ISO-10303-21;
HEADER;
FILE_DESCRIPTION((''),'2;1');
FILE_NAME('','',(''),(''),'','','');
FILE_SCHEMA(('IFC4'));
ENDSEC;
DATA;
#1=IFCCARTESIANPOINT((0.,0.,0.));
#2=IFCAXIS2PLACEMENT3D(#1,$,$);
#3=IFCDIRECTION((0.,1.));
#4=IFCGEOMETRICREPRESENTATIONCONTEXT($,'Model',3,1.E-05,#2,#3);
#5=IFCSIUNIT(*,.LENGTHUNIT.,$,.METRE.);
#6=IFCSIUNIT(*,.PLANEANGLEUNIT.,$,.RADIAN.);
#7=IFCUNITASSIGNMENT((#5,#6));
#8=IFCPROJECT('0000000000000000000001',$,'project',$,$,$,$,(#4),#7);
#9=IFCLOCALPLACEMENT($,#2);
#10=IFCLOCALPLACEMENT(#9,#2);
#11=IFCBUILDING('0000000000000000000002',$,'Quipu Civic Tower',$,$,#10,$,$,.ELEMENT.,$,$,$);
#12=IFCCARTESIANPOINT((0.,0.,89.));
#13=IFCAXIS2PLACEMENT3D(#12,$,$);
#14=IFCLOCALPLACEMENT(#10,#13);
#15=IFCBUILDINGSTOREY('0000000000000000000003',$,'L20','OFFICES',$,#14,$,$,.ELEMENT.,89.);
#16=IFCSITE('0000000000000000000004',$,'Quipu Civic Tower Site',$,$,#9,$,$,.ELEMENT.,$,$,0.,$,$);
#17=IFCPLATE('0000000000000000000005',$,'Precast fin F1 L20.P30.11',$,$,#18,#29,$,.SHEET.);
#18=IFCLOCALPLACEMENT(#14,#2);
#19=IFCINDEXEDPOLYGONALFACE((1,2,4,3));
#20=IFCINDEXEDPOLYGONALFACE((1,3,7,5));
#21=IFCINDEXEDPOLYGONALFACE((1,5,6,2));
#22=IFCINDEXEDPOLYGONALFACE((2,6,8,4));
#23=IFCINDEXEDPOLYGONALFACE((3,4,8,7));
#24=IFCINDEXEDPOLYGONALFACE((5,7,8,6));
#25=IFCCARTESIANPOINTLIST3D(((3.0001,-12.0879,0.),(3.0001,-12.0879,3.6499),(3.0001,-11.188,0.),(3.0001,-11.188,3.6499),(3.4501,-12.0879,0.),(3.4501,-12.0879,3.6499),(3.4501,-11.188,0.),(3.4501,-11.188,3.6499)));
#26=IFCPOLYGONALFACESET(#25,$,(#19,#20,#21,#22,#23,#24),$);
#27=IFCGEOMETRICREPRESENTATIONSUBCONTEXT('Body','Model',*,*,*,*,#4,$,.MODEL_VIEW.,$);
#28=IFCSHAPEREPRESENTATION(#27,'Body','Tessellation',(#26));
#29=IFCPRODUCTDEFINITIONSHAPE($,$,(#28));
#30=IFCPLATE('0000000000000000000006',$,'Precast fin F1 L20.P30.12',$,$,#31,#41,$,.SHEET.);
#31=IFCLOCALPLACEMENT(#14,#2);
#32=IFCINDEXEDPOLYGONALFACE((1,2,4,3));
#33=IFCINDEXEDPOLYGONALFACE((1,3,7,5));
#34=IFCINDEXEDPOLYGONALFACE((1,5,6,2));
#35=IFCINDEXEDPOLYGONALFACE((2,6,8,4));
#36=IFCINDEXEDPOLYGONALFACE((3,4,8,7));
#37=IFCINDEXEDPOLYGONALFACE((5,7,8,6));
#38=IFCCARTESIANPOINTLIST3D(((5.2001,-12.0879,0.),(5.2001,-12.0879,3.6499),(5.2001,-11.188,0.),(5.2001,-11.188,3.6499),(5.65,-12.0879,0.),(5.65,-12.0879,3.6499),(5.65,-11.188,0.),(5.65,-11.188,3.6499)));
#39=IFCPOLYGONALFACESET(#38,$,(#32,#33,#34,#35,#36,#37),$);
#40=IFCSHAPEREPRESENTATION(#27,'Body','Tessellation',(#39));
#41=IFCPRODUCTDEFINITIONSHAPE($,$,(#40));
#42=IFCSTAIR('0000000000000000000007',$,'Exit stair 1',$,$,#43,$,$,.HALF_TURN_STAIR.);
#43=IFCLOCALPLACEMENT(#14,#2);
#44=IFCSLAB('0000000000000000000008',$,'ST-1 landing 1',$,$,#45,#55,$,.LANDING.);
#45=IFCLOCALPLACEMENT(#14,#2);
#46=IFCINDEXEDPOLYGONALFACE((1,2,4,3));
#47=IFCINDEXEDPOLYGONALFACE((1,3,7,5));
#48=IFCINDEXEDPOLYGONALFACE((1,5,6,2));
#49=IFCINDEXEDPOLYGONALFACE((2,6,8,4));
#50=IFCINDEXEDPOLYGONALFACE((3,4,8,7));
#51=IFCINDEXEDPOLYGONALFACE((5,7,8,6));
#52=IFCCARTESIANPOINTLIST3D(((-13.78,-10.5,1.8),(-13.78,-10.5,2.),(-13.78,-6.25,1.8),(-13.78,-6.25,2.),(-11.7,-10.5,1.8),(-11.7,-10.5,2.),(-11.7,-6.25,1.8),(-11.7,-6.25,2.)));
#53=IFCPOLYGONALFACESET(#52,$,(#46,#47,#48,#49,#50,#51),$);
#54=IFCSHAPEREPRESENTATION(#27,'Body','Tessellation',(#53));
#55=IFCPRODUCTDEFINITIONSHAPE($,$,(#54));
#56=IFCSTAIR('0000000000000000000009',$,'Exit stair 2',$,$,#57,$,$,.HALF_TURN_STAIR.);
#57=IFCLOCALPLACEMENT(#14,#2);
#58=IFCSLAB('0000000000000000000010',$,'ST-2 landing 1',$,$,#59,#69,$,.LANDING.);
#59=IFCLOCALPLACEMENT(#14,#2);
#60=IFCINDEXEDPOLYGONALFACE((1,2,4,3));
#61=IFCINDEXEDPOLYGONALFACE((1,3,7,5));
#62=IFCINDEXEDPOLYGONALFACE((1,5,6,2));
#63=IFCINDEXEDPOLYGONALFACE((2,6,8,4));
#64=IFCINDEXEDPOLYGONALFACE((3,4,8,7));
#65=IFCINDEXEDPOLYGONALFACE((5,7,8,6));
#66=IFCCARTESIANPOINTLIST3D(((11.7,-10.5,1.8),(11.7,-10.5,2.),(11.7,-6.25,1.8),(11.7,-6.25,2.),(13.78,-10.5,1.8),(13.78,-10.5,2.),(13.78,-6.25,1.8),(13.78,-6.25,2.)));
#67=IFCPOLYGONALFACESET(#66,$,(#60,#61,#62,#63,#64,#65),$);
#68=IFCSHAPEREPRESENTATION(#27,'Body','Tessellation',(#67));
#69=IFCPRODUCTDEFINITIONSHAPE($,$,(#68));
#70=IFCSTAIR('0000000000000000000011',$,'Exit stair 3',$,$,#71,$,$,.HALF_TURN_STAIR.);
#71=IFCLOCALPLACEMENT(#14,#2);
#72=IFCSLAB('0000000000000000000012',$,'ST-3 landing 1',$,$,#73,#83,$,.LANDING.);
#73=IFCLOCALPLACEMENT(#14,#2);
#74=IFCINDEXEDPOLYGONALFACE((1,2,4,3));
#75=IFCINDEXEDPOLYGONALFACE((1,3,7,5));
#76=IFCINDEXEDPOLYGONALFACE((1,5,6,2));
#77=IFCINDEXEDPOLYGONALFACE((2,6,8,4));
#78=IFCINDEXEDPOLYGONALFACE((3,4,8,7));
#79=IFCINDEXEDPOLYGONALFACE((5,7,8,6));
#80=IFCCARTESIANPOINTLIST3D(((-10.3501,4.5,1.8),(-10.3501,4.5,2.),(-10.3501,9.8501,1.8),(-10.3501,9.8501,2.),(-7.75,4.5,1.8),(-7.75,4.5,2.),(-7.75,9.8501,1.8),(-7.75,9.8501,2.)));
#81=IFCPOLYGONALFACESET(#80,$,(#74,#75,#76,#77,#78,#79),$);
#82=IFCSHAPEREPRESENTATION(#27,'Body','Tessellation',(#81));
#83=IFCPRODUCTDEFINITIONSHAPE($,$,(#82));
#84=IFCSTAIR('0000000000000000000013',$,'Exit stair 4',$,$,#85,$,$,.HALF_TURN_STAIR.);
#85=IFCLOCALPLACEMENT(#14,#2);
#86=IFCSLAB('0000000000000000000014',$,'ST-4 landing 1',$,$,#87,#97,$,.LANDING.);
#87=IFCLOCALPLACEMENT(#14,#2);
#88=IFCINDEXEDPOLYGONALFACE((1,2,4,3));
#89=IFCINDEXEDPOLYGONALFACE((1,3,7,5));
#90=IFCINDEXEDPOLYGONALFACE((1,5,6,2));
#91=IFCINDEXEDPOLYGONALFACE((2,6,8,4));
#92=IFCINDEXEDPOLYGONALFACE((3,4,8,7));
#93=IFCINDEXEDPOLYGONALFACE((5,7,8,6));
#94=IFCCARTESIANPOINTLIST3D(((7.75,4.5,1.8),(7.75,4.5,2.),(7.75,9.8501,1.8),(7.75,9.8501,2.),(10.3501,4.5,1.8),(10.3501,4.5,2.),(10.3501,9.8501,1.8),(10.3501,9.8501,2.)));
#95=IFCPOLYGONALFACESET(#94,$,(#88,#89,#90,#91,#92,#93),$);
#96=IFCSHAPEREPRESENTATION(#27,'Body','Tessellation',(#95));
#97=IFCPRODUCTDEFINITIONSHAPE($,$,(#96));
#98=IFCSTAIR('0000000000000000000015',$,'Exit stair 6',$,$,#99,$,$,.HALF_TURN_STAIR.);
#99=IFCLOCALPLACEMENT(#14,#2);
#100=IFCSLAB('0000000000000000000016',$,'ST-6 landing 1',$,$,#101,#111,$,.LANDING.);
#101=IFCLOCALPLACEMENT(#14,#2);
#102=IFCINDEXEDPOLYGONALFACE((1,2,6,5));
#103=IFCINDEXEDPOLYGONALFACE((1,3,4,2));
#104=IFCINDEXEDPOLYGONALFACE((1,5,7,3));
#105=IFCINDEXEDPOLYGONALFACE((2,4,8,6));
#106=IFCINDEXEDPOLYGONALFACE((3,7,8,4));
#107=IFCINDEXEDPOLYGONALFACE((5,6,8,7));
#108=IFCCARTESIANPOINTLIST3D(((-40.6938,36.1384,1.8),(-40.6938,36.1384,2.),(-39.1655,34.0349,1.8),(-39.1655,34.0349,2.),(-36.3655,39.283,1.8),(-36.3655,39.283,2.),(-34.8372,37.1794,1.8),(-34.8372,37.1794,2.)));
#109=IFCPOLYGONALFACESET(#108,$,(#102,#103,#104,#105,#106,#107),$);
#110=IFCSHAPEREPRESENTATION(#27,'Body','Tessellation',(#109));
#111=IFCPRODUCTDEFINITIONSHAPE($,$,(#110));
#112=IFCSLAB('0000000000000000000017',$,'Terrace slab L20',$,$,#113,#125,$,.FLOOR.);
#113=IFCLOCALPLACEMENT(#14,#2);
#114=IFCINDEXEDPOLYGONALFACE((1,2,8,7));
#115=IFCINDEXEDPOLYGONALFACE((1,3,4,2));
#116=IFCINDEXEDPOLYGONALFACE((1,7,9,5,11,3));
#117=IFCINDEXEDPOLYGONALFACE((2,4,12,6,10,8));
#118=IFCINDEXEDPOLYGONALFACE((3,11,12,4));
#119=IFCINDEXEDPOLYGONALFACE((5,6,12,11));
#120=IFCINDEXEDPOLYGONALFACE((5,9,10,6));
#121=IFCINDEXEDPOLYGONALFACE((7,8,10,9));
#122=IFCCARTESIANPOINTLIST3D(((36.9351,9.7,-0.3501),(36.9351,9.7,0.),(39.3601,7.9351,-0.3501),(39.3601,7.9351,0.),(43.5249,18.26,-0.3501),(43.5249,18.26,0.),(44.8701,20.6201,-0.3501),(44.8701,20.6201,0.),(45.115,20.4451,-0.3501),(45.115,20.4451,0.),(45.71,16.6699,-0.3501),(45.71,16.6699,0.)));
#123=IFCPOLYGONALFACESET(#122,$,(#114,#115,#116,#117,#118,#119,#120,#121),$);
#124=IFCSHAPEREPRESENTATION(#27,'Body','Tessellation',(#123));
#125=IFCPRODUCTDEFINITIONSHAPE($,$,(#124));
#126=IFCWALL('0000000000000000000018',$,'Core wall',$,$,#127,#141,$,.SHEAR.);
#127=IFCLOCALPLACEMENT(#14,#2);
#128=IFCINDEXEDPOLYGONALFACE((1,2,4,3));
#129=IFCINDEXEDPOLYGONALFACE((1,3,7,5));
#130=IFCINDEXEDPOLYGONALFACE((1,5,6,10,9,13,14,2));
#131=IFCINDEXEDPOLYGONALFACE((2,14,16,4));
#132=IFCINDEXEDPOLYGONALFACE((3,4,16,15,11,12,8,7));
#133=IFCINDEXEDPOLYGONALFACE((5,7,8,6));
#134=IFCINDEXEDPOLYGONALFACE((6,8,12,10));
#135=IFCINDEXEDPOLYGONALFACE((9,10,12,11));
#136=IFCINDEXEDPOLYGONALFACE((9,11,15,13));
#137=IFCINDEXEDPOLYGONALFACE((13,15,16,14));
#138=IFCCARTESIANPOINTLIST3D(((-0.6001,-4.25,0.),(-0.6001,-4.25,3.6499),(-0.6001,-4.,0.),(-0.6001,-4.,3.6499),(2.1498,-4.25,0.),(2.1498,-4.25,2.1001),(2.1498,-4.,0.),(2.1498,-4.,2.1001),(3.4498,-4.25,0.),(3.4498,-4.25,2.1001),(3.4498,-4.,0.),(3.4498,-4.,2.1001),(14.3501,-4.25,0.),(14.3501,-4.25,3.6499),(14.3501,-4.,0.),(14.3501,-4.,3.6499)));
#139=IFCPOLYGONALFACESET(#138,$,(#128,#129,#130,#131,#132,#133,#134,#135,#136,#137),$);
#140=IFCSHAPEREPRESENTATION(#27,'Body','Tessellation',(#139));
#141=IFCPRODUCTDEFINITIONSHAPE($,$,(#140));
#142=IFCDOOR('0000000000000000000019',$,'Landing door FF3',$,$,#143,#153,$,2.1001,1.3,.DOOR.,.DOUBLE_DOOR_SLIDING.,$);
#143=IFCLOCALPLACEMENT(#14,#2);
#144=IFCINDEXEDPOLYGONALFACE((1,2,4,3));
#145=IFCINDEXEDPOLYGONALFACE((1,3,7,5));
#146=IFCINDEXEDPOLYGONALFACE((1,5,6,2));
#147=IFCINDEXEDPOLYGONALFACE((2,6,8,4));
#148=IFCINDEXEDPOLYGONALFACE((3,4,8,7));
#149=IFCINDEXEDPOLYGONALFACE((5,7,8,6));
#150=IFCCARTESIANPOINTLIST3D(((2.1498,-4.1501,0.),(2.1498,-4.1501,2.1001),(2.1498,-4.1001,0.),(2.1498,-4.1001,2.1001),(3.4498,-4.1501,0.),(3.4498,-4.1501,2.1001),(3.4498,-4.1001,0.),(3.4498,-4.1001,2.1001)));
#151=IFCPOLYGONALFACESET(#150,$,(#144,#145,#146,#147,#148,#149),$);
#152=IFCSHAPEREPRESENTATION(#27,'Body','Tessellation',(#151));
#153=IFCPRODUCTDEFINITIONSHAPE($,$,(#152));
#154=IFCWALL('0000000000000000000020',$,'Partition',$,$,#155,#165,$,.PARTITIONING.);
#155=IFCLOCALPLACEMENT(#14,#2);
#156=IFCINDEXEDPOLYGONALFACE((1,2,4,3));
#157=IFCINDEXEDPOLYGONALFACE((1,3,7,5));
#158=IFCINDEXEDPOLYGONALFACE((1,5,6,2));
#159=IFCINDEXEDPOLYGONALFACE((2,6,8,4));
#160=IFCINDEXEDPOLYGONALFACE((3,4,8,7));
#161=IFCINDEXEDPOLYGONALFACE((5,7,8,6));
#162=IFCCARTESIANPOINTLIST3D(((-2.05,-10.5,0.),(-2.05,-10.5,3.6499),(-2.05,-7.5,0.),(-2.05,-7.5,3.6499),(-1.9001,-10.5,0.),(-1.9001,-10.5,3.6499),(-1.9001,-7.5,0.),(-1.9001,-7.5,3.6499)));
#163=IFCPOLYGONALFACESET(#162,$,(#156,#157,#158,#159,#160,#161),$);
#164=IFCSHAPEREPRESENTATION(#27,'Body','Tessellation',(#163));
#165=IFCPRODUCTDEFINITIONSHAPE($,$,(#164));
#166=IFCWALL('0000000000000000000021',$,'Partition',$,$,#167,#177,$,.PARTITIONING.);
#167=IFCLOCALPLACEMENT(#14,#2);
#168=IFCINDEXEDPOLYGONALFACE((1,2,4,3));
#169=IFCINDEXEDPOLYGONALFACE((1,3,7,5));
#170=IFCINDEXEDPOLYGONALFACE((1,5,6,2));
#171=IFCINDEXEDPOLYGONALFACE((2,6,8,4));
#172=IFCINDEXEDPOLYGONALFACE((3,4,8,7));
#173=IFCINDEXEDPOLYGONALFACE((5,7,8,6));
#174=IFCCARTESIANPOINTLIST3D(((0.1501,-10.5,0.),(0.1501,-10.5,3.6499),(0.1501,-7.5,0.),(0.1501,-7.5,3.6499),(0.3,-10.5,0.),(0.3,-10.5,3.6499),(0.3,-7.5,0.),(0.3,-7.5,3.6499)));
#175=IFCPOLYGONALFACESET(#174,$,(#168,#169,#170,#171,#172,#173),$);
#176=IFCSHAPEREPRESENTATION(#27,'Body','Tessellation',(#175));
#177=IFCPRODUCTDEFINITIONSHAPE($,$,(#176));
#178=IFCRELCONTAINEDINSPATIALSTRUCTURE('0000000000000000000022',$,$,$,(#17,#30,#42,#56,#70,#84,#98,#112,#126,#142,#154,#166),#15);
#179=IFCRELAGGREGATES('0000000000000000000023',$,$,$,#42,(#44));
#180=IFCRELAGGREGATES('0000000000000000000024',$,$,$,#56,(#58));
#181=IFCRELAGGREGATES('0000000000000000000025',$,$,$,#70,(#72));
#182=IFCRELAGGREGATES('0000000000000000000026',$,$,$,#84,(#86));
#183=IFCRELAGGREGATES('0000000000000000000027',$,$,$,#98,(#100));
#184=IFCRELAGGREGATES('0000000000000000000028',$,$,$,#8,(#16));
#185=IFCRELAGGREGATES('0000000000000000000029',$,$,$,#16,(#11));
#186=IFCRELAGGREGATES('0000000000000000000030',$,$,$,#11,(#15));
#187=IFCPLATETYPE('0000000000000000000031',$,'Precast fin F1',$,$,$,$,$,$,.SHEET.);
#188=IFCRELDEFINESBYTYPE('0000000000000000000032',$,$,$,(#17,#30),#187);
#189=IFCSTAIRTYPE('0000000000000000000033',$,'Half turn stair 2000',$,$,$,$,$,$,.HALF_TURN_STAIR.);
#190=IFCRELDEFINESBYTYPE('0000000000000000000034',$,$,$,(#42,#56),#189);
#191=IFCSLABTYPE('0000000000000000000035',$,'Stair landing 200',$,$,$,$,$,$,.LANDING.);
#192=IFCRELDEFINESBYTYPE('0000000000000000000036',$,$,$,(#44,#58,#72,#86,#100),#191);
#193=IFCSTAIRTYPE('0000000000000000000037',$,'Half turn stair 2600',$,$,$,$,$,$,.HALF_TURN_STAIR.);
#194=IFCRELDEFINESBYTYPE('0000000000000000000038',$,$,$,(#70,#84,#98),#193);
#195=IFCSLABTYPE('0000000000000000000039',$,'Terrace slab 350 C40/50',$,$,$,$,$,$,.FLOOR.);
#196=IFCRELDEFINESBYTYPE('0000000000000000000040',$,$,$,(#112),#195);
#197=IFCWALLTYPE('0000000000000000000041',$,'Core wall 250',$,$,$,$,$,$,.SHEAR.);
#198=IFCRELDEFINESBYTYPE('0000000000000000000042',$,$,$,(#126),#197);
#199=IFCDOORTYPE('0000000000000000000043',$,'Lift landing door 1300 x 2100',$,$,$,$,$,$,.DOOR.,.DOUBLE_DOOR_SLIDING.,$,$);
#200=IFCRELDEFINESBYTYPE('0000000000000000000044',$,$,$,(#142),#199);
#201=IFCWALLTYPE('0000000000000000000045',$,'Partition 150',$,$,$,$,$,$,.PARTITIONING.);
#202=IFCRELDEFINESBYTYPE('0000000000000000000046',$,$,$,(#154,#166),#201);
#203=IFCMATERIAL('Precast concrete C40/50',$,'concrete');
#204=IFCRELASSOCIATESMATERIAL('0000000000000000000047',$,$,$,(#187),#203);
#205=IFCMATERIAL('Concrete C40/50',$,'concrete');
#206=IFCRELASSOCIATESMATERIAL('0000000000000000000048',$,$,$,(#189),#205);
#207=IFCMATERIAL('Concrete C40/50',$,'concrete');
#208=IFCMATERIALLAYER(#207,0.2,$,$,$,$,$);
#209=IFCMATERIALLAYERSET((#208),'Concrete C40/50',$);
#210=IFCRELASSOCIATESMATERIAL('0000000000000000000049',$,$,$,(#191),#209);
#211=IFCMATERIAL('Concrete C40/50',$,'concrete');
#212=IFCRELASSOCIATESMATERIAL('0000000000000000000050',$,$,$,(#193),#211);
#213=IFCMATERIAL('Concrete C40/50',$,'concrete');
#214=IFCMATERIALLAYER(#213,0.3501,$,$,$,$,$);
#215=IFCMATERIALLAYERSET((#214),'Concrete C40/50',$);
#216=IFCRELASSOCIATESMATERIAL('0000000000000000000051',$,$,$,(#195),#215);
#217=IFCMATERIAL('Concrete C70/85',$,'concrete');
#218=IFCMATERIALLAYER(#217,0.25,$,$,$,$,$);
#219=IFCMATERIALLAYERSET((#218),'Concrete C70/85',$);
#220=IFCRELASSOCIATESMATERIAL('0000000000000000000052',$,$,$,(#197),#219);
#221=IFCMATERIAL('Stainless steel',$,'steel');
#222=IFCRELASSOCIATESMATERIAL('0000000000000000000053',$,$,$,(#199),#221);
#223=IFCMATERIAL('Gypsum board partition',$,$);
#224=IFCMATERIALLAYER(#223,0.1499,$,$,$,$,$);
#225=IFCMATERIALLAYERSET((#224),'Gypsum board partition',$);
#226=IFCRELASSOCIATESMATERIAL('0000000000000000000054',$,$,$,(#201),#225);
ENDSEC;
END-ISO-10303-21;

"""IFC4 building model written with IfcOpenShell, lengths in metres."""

from ifc_helpers import new_model, si_unit, direction, frame, frame_2d, origin, origin_2d, place, context, subcontext, project, spatial, polyline, rectangle, outline, extrude, material, layer, layer_set, type_object, element, fill, aggregate, save


model = new_model("IFC4")

# Units and contexts
model_context = context("Model", 3, precision=1e-05, world=origin(), true_north=direction((0.0, 1.0)))
body_context = subcontext(model_context, "Body", "Model", "MODEL_VIEW")
ifc_project = project(units=[si_unit("LENGTHUNIT", "METRE"), si_unit("PLANEANGLEUNIT", "RADIAN")], contexts=[model_context])

# Site, building, storey
site_placement = place(None, origin())
site = spatial("IfcSite", under=ifc_project, at=site_placement, Name="Quipu Civic Tower Site", CompositionType="ELEMENT", RefElevation=0.0)
building_placement = place(site_placement, origin())
building = spatial("IfcBuilding", under=site, at=building_placement, Name="Quipu Civic Tower", CompositionType="ELEMENT")
storey_placement = place(building_placement, frame((0.0, 0.0, 89.0)))
storey = spatial("IfcBuildingStorey", under=building, at=storey_placement, Name="L20", Description="OFFICES", CompositionType="ELEMENT", Elevation=89.0)

# Plates
ifc_material_1 = material(Name="Precast concrete C40/50", Category="concrete")
plate_type = type_object("IfcPlateType", Name="Precast fin F1", PredefinedType="SHEET", material=ifc_material_1)
for number, where, z_axis, x_axis, name in (
    (1, (3.2251, -11.6379, 0.0), (0.0, 0.0, 1.0), (1.0, 0.0, 0.0), "Precast fin F1 L20.P30.11"),
    (2, (5.425, -11.6379, 0.0), (0.0, 0.0, 1.0), (1.0, 0.0, 0.0), "Precast fin F1 L20.P30.12"),
):
    element("IfcPlate", number, at=place(storey_placement, frame(where, z_axis=z_axis, x_axis=x_axis)), inside=storey, type_object=plate_type, Name=name, PredefinedType="SHEET", context=body_context, shape_type="SweptSolid", body=[
        extrude(rectangle(XDim=0.45, YDim=0.8999, at=origin_2d()), origin(), (0.0, 0.0, 1.0), 3.6499),
    ])

# Stairs, slabs
ifc_material_2 = material(Name="Concrete C40/50", Category="concrete")
stair_type_1 = type_object("IfcStairType", Name="Half turn stair 2000", PredefinedType="HALF_TURN_STAIR", material=ifc_material_2)
stair_1_placement = place(storey_placement, origin())
stair_1 = element("IfcStair", 3, at=stair_1_placement, inside=storey, type_object=stair_type_1, Name="Exit stair 1", PredefinedType="HALF_TURN_STAIR")
ifc_material_3 = material(Name="Concrete C40/50", Category="concrete")
ifc_layer_1 = layer(ifc_material_3, 0.2)
ifc_layer_set_1 = layer_set([ifc_layer_1], Name="Concrete C40/50")
slab_type_1 = type_object("IfcSlabType", Name="Stair landing 200", PredefinedType="LANDING", material=ifc_layer_set_1)
slab_1_placement = place(storey_placement, frame((0.0, 0.0, 1.8)))
slab_1 = element("IfcSlab", 4, at=slab_1_placement, type_object=slab_type_1, Name="ST-1 landing 1", PredefinedType="LANDING", context=body_context, shape_type="SweptSolid", body=[
    extrude(outline(polyline([(-13.78, -10.5), (-11.7, -10.5), (-11.7, -6.25), (-13.78, -6.25), (-13.78, -10.5)])), origin(), (0.0, 0.0, 1.0), 0.2),
])
aggregate(stair_1, [slab_1])
stair_2_placement = place(storey_placement, origin())
stair_2 = element("IfcStair", 5, at=stair_2_placement, inside=storey, type_object=stair_type_1, Name="Exit stair 2", PredefinedType="HALF_TURN_STAIR")
slab_2_placement = place(storey_placement, frame((0.0, 0.0, 1.8)))
slab_2 = element("IfcSlab", 6, at=slab_2_placement, type_object=slab_type_1, Name="ST-2 landing 1", PredefinedType="LANDING", context=body_context, shape_type="SweptSolid", body=[
    extrude(outline(polyline([(13.78, -6.25), (11.7, -6.25), (11.7, -10.5), (13.78, -10.5), (13.78, -6.25)])), origin(), (0.0, 0.0, 1.0), 0.2),
])
aggregate(stair_2, [slab_2])
ifc_material_4 = material(Name="Concrete C40/50", Category="concrete")
stair_type_2 = type_object("IfcStairType", Name="Half turn stair 2600", PredefinedType="HALF_TURN_STAIR", material=ifc_material_4)
stair_3_placement = place(storey_placement, origin())
stair_3 = element("IfcStair", 7, at=stair_3_placement, inside=storey, type_object=stair_type_2, Name="Exit stair 3", PredefinedType="HALF_TURN_STAIR")
slab_3_placement = place(storey_placement, frame((0.0, 0.0, 1.8)))
slab_3 = element("IfcSlab", 8, at=slab_3_placement, type_object=slab_type_1, Name="ST-3 landing 1", PredefinedType="LANDING", context=body_context, shape_type="SweptSolid", body=[
    extrude(outline(polyline([(-10.3501, 4.5), (-7.75, 4.5), (-7.75, 9.8501), (-10.3501, 9.8501), (-10.3501, 4.5)])), origin(), (0.0, 0.0, 1.0), 0.2),
])
aggregate(stair_3, [slab_3])
stair_4_placement = place(storey_placement, origin())
stair_4 = element("IfcStair", 9, at=stair_4_placement, inside=storey, type_object=stair_type_2, Name="Exit stair 4", PredefinedType="HALF_TURN_STAIR")
slab_4_placement = place(storey_placement, frame((0.0, 0.0, 1.8)))
slab_4 = element("IfcSlab", 10, at=slab_4_placement, type_object=slab_type_1, Name="ST-4 landing 1", PredefinedType="LANDING", context=body_context, shape_type="SweptSolid", body=[
    extrude(outline(polyline([(10.3501, 9.8501), (7.75, 9.8501), (7.75, 4.5), (10.3501, 4.5), (10.3501, 9.8501)])), origin(), (0.0, 0.0, 1.0), 0.2),
])
aggregate(stair_4, [slab_4])
stair_5_placement = place(storey_placement, origin())
stair_5 = element("IfcStair", 11, at=stair_5_placement, inside=storey, type_object=stair_type_2, Name="Exit stair 6", PredefinedType="HALF_TURN_STAIR")
slab_5_placement = place(storey_placement, frame((0.0, 0.0, 1.8)))
slab_5 = element("IfcSlab", 12, at=slab_5_placement, type_object=slab_type_1, Name="ST-6 landing 1", PredefinedType="LANDING", context=body_context, shape_type="SweptSolid", body=[
    extrude(outline(polyline([(-34.8372, 37.1794), (-36.3655, 39.283), (-40.6938, 36.1384), (-39.1655, 34.0349), (-34.8372, 37.1794)])), origin(), (0.0, 0.0, 1.0), 0.2),
])
aggregate(stair_5, [slab_5])

# Slab
ifc_material_5 = material(Name="Concrete C40/50", Category="concrete")
ifc_layer_2 = layer(ifc_material_5, 0.3501)
ifc_layer_set_2 = layer_set([ifc_layer_2], Name="Concrete C40/50")
slab_type_2 = type_object("IfcSlabType", Name="Terrace slab 350 C40/50", PredefinedType="FLOOR", material=ifc_layer_set_2)
slab_6_placement = place(storey_placement, frame((0.0, 0.0, -0.3501)))
element("IfcSlab", 13, at=slab_6_placement, inside=storey, type_object=slab_type_2, Name="Terrace slab L20", PredefinedType="FLOOR", context=body_context, shape_type="SweptSolid", body=[
    extrude(outline(polyline([(45.115, 20.4451), (43.5249, 18.26), (45.71, 16.6699), (39.3601, 7.9351), (36.9351, 9.7), (44.8701, 20.6201), (45.115, 20.4451)])), origin(), (0.0, 0.0, 1.0), 0.3501),
])

# Wall, opening, door
ifc_material_6 = material(Name="Concrete C70/85", Category="concrete")
ifc_layer_3 = layer(ifc_material_6, 0.25)
ifc_layer_set_3 = layer_set([ifc_layer_3], Name="Concrete C70/85")
wall_type_1 = type_object("IfcWallType", Name="Core wall 250", PredefinedType="SHEAR", material=ifc_layer_set_3)
wall_1_placement = place(storey_placement, frame((-0.6001, -4.125, 0.0), z_axis=(0.0, 0.0, 1.0), x_axis=(1.0, 0.0, 0.0)))
wall_1 = element("IfcWall", 14, at=wall_1_placement, inside=storey, type_object=wall_type_1, Name="Core wall", PredefinedType="SHEAR", context=body_context, shape_type="SweptSolid", body=[
    extrude(rectangle(XDim=14.9502, YDim=0.25, at=frame_2d((7.4751, 0.0))), origin(), (0.0, 0.0, 1.0), 3.6499),
])
opening_1_placement = place(wall_1_placement, frame((2.75, 0.0, 0.0)))
opening_1 = element("IfcOpeningElement", 15, at=opening_1_placement, cuts=wall_1, PredefinedType="OPENING", context=body_context, shape_type="SweptSolid", body=[
    extrude(rectangle(XDim=1.3, YDim=2.1001, at=frame_2d((0.6499, 1.05))), frame((0.0, 0.135, 0.0), z_axis=(0.0, -1.0, 0.0), x_axis=(1.0, 0.0, 0.0)), (0.0, 0.0, 1.0), 0.27),
])
ifc_material_7 = material(Name="Stainless steel", Category="steel")
door_type_1 = type_object("IfcDoorType", Name="Lift landing door 1300 x 2100", OperationType="DOUBLE_DOOR_SLIDING", PredefinedType="DOOR", material=ifc_material_7)
door_1_placement = place(opening_1_placement, origin())
door_1 = element("IfcDoor", 16, at=door_1_placement, inside=storey, type_object=door_type_1, Name="Landing door FF3", OperationType="DOUBLE_DOOR_SLIDING", OverallHeight=2.1001, OverallWidth=1.3, PredefinedType="DOOR", context=body_context, shape_type="SweptSolid", body=[
    extrude(rectangle(XDim=1.3, YDim=2.1001, at=frame_2d((0.6499, 1.05))), frame((0.0, 0.0249, 0.0), z_axis=(0.0, -1.0, 0.0), x_axis=(1.0, 0.0, 0.0)), (0.0, 0.0, 1.0), 0.05),
])
fill(opening_1, door_1)

# Walls
ifc_material_8 = material(Name="Gypsum board partition")
ifc_layer_4 = layer(ifc_material_8, 0.1499)
ifc_layer_set_4 = layer_set([ifc_layer_4], Name="Gypsum board partition")
wall_type_2 = type_object("IfcWallType", Name="Partition 150", PredefinedType="PARTITIONING", material=ifc_layer_set_4)
for number, where, z_axis, x_axis, name in (
    (17, (-1.9751, -10.5, 0.0), (0.0, 0.0, 1.0), (0.0, 1.0, 0.0), "Partition"),
    (18, (0.2251, -10.5, 0.0), (0.0, 0.0, 1.0), (0.0, 1.0, 0.0), "Partition"),
):
    element("IfcWall", number, at=place(storey_placement, frame(where, z_axis=z_axis, x_axis=x_axis)), inside=storey, type_object=wall_type_2, Name=name, PredefinedType="PARTITIONING", context=body_context, shape_type="SweptSolid", body=[
        extrude(rectangle(XDim=3.0, YDim=0.1499, at=frame_2d((1.5, 0.0))), origin(), (0.0, 0.0, 1.0), 3.6499),
    ])

save(model, "model.ifc")
